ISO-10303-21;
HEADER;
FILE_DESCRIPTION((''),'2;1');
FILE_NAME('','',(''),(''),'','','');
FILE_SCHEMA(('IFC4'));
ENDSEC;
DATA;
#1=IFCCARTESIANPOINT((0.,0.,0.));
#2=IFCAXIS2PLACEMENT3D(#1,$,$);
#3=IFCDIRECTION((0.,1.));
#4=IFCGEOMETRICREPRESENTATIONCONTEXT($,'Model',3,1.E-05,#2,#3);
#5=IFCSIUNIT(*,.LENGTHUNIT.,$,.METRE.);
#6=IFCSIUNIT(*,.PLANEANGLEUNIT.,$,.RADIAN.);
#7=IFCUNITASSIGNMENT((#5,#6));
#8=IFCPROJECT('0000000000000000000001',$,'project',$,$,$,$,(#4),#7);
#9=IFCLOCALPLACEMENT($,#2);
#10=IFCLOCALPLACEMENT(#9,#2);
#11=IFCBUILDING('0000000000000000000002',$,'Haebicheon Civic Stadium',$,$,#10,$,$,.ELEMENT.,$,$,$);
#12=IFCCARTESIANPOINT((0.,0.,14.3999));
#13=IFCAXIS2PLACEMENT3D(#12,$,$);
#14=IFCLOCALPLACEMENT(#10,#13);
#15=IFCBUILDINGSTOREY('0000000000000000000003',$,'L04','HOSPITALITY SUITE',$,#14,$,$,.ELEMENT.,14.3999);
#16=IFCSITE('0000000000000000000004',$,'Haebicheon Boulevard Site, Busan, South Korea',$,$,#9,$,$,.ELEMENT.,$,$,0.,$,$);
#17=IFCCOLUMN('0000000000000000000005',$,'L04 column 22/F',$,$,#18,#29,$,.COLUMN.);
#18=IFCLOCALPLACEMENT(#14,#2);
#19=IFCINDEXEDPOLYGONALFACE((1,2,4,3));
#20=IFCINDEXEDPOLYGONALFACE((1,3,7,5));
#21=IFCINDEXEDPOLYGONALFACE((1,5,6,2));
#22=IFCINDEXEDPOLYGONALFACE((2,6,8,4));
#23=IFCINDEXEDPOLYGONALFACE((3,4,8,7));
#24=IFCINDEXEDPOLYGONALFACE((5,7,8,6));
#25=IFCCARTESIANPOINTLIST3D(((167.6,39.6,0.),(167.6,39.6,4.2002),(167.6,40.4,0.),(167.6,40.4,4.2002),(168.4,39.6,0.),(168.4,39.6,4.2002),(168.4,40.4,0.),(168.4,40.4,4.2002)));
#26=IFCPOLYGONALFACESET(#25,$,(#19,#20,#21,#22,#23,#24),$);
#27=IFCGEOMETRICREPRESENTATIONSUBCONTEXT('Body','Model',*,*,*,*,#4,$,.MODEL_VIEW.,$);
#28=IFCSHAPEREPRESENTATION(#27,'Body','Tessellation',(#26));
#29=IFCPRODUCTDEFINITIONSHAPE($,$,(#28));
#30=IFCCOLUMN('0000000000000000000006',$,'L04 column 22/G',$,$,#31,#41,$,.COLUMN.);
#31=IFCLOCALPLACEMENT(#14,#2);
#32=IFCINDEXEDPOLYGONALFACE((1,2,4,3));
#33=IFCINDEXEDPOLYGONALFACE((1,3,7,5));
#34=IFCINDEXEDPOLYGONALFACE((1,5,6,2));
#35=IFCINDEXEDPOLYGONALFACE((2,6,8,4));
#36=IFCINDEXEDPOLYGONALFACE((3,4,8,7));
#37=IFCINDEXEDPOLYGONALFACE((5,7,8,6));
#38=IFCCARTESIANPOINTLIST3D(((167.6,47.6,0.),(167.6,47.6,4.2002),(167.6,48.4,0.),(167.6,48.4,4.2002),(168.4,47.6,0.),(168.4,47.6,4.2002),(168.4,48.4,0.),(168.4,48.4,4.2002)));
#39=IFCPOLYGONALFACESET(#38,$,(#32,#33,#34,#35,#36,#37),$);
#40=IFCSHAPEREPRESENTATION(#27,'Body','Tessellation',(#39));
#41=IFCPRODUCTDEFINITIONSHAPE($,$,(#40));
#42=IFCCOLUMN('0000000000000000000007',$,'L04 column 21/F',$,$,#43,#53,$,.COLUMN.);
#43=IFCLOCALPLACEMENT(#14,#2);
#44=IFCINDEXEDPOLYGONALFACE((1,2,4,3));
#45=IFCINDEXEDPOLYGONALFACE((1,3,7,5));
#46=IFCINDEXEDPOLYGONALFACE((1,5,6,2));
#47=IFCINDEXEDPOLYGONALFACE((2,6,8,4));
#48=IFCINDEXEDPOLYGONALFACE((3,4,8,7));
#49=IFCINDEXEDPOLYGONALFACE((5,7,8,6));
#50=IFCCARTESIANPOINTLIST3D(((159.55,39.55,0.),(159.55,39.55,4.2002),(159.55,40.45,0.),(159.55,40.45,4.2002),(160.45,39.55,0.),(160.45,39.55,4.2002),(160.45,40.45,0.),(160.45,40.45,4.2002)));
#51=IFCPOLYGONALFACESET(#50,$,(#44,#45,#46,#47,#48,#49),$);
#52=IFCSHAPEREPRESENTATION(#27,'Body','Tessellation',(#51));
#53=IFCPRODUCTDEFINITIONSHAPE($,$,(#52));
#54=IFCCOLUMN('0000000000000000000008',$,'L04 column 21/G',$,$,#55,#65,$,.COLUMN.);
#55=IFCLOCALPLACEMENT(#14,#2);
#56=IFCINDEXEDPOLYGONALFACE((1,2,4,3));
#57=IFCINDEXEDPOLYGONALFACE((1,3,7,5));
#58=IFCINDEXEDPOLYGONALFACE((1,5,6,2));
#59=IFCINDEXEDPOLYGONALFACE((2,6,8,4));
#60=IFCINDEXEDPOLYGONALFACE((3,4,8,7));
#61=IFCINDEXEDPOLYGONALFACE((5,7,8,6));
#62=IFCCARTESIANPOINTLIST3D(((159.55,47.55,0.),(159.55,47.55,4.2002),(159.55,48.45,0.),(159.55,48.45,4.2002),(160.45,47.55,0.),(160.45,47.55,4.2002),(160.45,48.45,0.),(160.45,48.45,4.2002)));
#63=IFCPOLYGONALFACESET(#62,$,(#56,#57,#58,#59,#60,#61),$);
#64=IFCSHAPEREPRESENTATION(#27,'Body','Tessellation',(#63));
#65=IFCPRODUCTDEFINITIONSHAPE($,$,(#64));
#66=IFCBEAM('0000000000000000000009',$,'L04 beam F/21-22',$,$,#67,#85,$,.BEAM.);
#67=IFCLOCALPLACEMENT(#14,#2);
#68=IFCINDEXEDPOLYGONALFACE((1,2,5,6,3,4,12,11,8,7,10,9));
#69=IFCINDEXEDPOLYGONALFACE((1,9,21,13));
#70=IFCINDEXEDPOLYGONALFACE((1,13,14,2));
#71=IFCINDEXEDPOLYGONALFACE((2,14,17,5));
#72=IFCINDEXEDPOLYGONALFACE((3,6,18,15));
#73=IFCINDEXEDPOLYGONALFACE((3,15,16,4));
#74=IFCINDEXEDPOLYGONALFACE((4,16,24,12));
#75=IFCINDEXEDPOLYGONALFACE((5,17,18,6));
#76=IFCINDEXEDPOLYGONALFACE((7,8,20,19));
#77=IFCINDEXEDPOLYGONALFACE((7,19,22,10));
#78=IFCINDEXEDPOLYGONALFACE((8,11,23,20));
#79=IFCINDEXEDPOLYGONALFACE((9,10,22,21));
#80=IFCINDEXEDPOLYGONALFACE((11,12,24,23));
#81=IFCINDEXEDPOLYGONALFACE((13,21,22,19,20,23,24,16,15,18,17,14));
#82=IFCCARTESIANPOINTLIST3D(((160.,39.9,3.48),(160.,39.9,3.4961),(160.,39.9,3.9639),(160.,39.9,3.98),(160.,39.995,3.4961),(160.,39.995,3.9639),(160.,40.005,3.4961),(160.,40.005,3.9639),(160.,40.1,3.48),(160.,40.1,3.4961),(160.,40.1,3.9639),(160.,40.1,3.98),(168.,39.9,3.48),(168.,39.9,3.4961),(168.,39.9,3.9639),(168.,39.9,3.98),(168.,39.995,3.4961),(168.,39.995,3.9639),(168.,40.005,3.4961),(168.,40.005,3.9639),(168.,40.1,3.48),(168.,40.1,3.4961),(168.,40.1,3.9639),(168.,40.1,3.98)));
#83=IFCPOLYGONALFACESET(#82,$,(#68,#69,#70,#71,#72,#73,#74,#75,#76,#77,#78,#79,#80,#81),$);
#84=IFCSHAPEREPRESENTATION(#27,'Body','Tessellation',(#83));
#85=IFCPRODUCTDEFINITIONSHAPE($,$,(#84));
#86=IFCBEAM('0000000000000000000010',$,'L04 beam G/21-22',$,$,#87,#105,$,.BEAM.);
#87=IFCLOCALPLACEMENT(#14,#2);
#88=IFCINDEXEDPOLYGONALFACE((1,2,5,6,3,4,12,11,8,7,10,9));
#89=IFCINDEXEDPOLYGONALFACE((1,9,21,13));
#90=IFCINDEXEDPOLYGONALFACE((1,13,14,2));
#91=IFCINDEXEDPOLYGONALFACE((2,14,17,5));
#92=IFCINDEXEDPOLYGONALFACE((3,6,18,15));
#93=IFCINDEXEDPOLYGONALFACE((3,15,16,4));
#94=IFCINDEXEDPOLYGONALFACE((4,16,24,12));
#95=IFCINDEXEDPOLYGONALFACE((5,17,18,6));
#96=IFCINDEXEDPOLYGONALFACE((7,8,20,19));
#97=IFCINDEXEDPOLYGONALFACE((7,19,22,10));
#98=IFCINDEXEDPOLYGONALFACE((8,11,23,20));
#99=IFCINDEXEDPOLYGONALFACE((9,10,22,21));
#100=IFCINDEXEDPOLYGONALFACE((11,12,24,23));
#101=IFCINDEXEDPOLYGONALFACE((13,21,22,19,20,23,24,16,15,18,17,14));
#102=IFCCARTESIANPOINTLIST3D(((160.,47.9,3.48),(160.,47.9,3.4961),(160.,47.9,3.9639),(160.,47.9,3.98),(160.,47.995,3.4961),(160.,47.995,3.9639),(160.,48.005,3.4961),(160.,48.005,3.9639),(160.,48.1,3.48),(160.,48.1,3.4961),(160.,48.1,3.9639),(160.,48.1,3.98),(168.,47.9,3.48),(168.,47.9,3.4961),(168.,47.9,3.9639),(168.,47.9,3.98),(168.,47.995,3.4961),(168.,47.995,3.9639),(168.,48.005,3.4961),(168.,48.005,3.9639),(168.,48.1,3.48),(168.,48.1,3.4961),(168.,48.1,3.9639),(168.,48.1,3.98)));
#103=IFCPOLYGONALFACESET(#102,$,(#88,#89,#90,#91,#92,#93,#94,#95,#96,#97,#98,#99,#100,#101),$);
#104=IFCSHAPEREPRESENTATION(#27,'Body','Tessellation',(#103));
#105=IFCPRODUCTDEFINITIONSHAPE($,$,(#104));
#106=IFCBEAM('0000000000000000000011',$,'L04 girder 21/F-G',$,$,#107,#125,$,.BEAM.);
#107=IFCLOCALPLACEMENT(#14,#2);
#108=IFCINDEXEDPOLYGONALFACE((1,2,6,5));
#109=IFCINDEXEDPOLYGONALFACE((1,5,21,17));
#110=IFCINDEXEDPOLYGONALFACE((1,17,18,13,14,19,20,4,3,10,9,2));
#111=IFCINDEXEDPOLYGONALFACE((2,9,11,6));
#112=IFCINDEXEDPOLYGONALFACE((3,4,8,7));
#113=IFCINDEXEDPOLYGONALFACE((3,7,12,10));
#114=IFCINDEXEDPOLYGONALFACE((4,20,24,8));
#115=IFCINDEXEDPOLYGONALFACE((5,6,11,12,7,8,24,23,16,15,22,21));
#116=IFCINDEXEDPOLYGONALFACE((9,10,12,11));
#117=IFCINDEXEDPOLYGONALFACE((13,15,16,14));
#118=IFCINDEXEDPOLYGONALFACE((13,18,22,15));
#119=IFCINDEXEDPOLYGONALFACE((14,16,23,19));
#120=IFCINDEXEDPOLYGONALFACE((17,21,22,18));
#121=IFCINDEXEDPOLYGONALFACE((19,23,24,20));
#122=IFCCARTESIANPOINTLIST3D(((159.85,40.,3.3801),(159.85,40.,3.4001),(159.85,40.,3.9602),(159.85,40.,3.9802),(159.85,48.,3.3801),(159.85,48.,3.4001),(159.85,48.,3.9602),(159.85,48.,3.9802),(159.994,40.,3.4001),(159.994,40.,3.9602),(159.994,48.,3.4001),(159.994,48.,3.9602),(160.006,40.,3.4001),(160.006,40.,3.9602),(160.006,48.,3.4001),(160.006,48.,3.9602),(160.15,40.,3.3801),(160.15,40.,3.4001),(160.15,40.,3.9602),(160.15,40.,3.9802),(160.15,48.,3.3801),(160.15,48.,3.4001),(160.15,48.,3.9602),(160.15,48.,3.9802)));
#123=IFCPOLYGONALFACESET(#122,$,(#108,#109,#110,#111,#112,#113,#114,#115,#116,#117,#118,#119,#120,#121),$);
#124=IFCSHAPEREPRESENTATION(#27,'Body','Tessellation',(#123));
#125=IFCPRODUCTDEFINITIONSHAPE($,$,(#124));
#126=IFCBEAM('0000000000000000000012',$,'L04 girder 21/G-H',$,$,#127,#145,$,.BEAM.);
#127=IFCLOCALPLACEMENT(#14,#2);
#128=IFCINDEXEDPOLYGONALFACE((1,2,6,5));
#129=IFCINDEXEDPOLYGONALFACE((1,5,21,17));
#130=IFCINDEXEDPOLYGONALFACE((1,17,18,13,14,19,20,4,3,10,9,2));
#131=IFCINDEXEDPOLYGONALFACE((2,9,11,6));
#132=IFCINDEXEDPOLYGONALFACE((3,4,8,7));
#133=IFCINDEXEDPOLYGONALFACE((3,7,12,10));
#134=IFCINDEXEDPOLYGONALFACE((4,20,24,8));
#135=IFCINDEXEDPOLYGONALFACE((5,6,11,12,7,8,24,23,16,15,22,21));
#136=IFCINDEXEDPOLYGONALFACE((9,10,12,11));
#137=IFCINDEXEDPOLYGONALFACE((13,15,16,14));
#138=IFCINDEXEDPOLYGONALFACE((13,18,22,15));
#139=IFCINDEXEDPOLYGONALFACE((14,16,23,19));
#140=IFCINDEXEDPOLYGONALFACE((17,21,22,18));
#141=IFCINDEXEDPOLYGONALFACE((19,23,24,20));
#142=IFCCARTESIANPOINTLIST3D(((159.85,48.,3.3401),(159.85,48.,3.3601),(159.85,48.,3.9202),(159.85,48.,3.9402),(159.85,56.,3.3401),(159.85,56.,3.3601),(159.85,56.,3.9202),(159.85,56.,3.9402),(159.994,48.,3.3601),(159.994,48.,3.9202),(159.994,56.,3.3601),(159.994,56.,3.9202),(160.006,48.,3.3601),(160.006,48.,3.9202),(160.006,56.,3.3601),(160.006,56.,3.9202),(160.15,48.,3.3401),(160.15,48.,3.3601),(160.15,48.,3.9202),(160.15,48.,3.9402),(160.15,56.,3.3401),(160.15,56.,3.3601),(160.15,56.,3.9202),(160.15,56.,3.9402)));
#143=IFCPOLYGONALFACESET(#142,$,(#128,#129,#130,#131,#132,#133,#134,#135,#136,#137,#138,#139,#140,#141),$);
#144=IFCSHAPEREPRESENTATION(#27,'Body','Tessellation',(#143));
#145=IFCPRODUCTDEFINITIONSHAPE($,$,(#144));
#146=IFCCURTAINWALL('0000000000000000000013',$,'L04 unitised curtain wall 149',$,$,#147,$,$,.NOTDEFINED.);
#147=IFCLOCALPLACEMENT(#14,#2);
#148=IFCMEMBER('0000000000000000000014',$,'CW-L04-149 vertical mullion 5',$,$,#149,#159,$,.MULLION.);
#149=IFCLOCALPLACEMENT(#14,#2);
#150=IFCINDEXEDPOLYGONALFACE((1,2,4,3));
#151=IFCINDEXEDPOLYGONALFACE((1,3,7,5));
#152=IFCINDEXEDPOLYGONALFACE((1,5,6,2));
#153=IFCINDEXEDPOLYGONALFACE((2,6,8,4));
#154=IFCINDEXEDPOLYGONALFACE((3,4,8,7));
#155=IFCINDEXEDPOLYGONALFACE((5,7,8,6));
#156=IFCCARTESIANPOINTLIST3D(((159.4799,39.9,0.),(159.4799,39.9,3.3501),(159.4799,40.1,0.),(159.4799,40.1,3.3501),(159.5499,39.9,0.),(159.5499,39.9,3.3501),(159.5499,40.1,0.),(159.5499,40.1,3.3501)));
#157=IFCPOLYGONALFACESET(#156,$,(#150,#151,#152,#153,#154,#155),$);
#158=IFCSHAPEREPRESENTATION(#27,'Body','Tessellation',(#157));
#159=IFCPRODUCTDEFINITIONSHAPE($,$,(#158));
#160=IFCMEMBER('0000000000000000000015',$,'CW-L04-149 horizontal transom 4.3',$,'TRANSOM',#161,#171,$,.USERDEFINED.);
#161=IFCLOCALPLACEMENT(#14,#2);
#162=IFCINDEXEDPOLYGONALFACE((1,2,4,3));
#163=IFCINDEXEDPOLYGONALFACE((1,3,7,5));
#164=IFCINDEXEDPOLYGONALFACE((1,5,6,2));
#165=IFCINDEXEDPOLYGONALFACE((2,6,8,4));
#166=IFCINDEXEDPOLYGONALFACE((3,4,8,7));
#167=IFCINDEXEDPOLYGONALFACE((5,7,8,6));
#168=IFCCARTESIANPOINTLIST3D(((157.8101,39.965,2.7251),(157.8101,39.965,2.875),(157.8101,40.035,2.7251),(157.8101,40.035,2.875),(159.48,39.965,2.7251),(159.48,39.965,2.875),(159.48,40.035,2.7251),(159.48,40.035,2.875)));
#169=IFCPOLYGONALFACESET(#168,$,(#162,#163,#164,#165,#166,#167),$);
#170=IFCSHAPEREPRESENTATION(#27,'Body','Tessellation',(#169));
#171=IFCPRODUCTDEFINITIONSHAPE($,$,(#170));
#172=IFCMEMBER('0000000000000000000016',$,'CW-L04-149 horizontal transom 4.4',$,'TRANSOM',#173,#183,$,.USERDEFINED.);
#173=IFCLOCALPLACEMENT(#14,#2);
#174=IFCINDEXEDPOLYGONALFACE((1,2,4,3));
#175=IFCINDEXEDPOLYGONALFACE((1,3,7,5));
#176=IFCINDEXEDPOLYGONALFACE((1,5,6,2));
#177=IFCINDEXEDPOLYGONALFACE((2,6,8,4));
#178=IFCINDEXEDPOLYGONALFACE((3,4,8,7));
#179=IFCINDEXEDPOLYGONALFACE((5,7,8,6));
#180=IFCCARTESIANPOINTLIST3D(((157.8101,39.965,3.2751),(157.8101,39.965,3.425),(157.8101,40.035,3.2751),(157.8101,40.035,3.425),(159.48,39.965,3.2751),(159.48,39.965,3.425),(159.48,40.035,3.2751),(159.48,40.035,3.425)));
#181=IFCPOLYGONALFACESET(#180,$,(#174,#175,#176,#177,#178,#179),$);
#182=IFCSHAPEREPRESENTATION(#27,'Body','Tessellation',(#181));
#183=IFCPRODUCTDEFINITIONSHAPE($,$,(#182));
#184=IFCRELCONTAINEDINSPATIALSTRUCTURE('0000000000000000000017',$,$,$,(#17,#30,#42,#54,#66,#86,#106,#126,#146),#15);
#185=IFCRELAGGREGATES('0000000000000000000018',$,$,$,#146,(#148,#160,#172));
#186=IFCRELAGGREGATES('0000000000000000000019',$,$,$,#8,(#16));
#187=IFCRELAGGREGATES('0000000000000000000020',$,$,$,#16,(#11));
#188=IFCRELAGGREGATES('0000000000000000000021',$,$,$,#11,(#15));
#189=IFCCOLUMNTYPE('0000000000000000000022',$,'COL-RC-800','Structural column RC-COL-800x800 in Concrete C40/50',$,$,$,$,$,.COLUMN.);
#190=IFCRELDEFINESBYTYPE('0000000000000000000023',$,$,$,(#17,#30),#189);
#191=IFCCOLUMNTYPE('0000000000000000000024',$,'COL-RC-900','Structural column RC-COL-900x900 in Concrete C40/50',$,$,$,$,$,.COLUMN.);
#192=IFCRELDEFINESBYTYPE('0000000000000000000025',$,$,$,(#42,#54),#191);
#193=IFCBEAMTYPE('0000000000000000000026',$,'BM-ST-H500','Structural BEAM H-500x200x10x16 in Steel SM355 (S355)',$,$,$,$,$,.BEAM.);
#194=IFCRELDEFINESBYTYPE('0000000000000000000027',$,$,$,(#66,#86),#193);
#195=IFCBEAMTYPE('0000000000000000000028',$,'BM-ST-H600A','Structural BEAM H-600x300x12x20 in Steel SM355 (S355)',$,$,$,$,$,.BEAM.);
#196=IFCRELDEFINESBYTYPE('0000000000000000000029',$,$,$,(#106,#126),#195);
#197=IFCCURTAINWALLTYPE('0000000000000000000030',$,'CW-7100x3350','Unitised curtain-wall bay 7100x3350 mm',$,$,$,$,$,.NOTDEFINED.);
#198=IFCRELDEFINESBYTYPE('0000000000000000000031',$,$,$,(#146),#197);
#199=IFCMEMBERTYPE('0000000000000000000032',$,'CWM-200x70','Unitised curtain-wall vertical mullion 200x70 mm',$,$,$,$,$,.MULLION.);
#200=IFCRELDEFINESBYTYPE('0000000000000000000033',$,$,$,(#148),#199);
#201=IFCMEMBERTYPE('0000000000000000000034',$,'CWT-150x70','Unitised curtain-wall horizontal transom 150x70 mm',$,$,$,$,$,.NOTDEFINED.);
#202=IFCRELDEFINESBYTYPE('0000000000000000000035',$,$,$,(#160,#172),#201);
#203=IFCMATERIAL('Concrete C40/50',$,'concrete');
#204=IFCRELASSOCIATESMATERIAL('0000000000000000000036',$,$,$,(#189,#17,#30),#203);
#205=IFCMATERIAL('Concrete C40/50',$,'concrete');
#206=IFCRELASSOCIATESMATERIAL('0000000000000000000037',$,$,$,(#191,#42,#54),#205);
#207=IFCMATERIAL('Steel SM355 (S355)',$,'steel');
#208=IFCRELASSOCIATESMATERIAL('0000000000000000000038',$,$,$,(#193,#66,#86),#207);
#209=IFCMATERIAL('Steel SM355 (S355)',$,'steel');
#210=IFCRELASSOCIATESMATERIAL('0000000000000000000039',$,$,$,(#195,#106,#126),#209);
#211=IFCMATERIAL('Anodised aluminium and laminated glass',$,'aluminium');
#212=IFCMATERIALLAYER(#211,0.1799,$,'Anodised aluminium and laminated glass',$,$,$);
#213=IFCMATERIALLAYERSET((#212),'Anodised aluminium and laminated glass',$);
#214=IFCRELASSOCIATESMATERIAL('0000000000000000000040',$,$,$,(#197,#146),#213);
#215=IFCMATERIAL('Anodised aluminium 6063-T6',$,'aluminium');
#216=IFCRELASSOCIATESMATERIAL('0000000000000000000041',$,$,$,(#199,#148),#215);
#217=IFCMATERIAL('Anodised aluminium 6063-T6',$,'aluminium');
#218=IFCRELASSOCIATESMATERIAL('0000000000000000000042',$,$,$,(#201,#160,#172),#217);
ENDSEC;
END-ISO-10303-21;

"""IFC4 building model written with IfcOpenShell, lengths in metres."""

from ifc_helpers import new_model, si_unit, direction, frame, origin, origin_2d, place, context, subcontext, project, spatial, rectangle, i_section, extrude, material, layer, layer_set, material_profile, profile_set, type_object, element, aggregate, save


model = new_model("IFC4")

# Units and contexts
model_context = context("Model", 3, precision=1e-05, world=origin(), true_north=direction((0.0, 1.0)))
body_context = subcontext(model_context, "Body", "Model", "MODEL_VIEW")
ifc_project = project(units=[si_unit("LENGTHUNIT", "METRE"), si_unit("PLANEANGLEUNIT", "RADIAN")], contexts=[model_context])

# Site, building, storey
site_placement = place(None, origin())
site = spatial("IfcSite", under=ifc_project, at=site_placement, Name="Haebicheon Boulevard Site, Busan, South Korea", CompositionType="ELEMENT", RefElevation=0.0)
building_placement = place(site_placement, origin())
building = spatial("IfcBuilding", under=site, at=building_placement, Name="Haebicheon Civic Stadium", CompositionType="ELEMENT")
storey_placement = place(building_placement, frame((0.0, 0.0, 14.3999)))
storey = spatial("IfcBuildingStorey", under=building, at=storey_placement, Name="L04", Description="HOSPITALITY SUITE", CompositionType="ELEMENT", Elevation=14.3999)

# Columns
ifc_material_1 = material(Name="Concrete C40/50", Category="concrete")
ifc_material_profile_1 = material_profile(ifc_material_1, rectangle(XDim=0.8, YDim=0.8, at=origin_2d()), Name="RC-COL-800x800")
ifc_profile_set_1 = profile_set([ifc_material_profile_1], Name="Concrete C40/50")
column_type_1 = type_object("IfcColumnType", Name="COL-RC-800", Description="Structural column RC-COL-800x800 in Concrete C40/50", PredefinedType="COLUMN", material=ifc_profile_set_1)
for number, where, z_axis, x_axis, name in (
    (1, (168.0, 40.0, 0.0), (0.0, 0.0, 1.0), (1.0, 0.0, 0.0), "L04 column 22/F"),
    (2, (168.0, 48.0, 0.0), (0.0, 0.0, 1.0), (1.0, 0.0, 0.0), "L04 column 22/G"),
):
    element("IfcColumn", number, at=place(storey_placement, frame(where, z_axis=z_axis, x_axis=x_axis)), inside=storey, type_object=column_type_1, material=ifc_profile_set_1, Name=name, PredefinedType="COLUMN", context=body_context, shape_type="SweptSolid", body=[
        extrude(rectangle(XDim=0.8, YDim=0.8, at=origin_2d()), origin(), (0.0, 0.0, 1.0), 4.2002),
    ])
ifc_material_2 = material(Name="Concrete C40/50", Category="concrete")
ifc_material_profile_2 = material_profile(ifc_material_2, rectangle(XDim=0.8999, YDim=0.8999, at=origin_2d()), Name="RC-COL-900x900")
ifc_profile_set_2 = profile_set([ifc_material_profile_2], Name="Concrete C40/50")
column_type_2 = type_object("IfcColumnType", Name="COL-RC-900", Description="Structural column RC-COL-900x900 in Concrete C40/50", PredefinedType="COLUMN", material=ifc_profile_set_2)
for number, where, z_axis, x_axis, name in (
    (3, (160.0, 40.0, 0.0), (0.0, 0.0, 1.0), (1.0, 0.0, 0.0), "L04 column 21/F"),
    (4, (160.0, 48.0, 0.0), (0.0, 0.0, 1.0), (1.0, 0.0, 0.0), "L04 column 21/G"),
):
    element("IfcColumn", number, at=place(storey_placement, frame(where, z_axis=z_axis, x_axis=x_axis)), inside=storey, type_object=column_type_2, material=ifc_profile_set_2, Name=name, PredefinedType="COLUMN", context=body_context, shape_type="SweptSolid", body=[
        extrude(rectangle(XDim=0.8999, YDim=0.8999, at=origin_2d()), origin(), (0.0, 0.0, 1.0), 4.2002),
    ])

# Beams
ifc_material_3 = material(Name="Steel SM355 (S355)", Category="steel")
ifc_material_profile_3 = material_profile(ifc_material_3, i_section(OverallWidth=0.2, OverallDepth=0.5, WebThickness=0.01, FlangeThickness=0.0161, at=origin_2d()), Name="H-500x200x10x16")
ifc_profile_set_3 = profile_set([ifc_material_profile_3], Name="Steel SM355 (S355)")
beam_type_1 = type_object("IfcBeamType", Name="BM-ST-H500", Description="Structural BEAM H-500x200x10x16 in Steel SM355 (S355)", PredefinedType="BEAM", material=ifc_profile_set_3)
for number, where, z_axis, x_axis, name in (
    (5, (160.0, 40.0, 3.73), (1.0, 0.0, 0.0), (0.0, 1.0, 0.0), "L04 beam F/21-22"),
    (6, (160.0, 48.0, 3.73), (1.0, 0.0, 0.0), (0.0, 1.0, 0.0), "L04 beam G/21-22"),
):
    element("IfcBeam", number, at=place(storey_placement, frame(where, z_axis=z_axis, x_axis=x_axis)), inside=storey, type_object=beam_type_1, material=ifc_profile_set_3, Name=name, PredefinedType="BEAM", context=body_context, shape_type="SweptSolid", body=[
        extrude(i_section(OverallWidth=0.2, OverallDepth=0.5, WebThickness=0.01, FlangeThickness=0.0161, at=origin_2d()), origin(), (0.0, 0.0, 1.0), 8.0),
    ])
ifc_material_4 = material(Name="Steel SM355 (S355)", Category="steel")
ifc_material_profile_4 = material_profile(ifc_material_4, i_section(OverallWidth=0.3, OverallDepth=0.6001, WebThickness=0.012, FlangeThickness=0.02, at=origin_2d()), Name="H-600x300x12x20")
ifc_profile_set_4 = profile_set([ifc_material_profile_4], Name="Steel SM355 (S355)")
beam_type_2 = type_object("IfcBeamType", Name="BM-ST-H600A", Description="Structural BEAM H-600x300x12x20 in Steel SM355 (S355)", PredefinedType="BEAM", material=ifc_profile_set_4)
for number, where, z_axis, x_axis, name in (
    (7, (160.0, 40.0, 3.6802), (0.0, 1.0, 0.0), (-1.0, 0.0, 0.0), "L04 girder 21/F-G"),
    (8, (160.0, 48.0, 3.6401), (0.0, 1.0, 0.0), (-1.0, 0.0, 0.0), "L04 girder 21/G-H"),
):
    element("IfcBeam", number, at=place(storey_placement, frame(where, z_axis=z_axis, x_axis=x_axis)), inside=storey, type_object=beam_type_2, material=ifc_profile_set_4, Name=name, PredefinedType="BEAM", context=body_context, shape_type="SweptSolid", body=[
        extrude(i_section(OverallWidth=0.3, OverallDepth=0.6001, WebThickness=0.012, FlangeThickness=0.02, at=origin_2d()), origin(), (0.0, 0.0, 1.0), 8.0),
    ])

# Curtain wall, members
ifc_material_5 = material(Name="Anodised aluminium and laminated glass", Category="aluminium")
ifc_layer_1 = layer(ifc_material_5, 0.1799, Name="Anodised aluminium and laminated glass")
ifc_layer_set_1 = layer_set([ifc_layer_1], Name="Anodised aluminium and laminated glass")
curtain_wall_type = type_object("IfcCurtainWallType", Name="CW-7100x3350", Description="Unitised curtain-wall bay 7100x3350 mm", PredefinedType="NOTDEFINED", material=ifc_layer_set_1)
curtain_wall_placement = place(storey_placement, origin())
curtain_wall = element("IfcCurtainWall", 9, at=curtain_wall_placement, inside=storey, type_object=curtain_wall_type, material=ifc_layer_set_1, Name="L04 unitised curtain wall 149", PredefinedType="NOTDEFINED")
ifc_material_6 = material(Name="Anodised aluminium 6063-T6", Category="aluminium")
ifc_material_profile_5 = material_profile(ifc_material_6, rectangle(XDim=0.0701, YDim=0.2, at=origin_2d()), Name="ALU-MULL-70x200")
ifc_profile_set_5 = profile_set([ifc_material_profile_5], Name="Anodised aluminium 6063-T6")
member_type_1 = type_object("IfcMemberType", Name="CWM-200x70", Description="Unitised curtain-wall vertical mullion 200x70 mm", PredefinedType="MULLION", material=ifc_profile_set_5)
member_1_placement = place(storey_placement, frame((159.5149, 40.0, 0.0), z_axis=(0.0, 0.0, 1.0), x_axis=(1.0, 0.0, 0.0)))
member_1 = element("IfcMember", 10, at=member_1_placement, type_object=member_type_1, material=ifc_profile_set_5, Name="CW-L04-149 vertical mullion 5", PredefinedType="MULLION", context=body_context, shape_type="SweptSolid", body=[
    extrude(rectangle(XDim=0.0701, YDim=0.2, at=origin_2d()), origin(), (0.0, 0.0, 1.0), 3.3501),
])
ifc_material_7 = material(Name="Anodised aluminium 6063-T6", Category="aluminium")
ifc_material_profile_6 = material_profile(ifc_material_7, rectangle(XDim=0.0701, YDim=0.1499, at=origin_2d()), Name="ALU-TRAN-70x150")
ifc_profile_set_6 = profile_set([ifc_material_profile_6], Name="Anodised aluminium 6063-T6")
member_type_2 = type_object("IfcMemberType", Name="CWT-150x70", Description="Unitised curtain-wall horizontal transom 150x70 mm", PredefinedType="NOTDEFINED", material=ifc_profile_set_6)
member_2_placement = place(storey_placement, frame((157.8101, 40.0, 2.8), z_axis=(1.0, 0.0, 0.0), x_axis=(0.0, 1.0, 0.0)))
member_2 = element("IfcMember", 11, at=member_2_placement, type_object=member_type_2, material=ifc_profile_set_6, Name="CW-L04-149 horizontal transom 4.3", ObjectType="TRANSOM", PredefinedType="USERDEFINED", context=body_context, shape_type="SweptSolid", body=[
    extrude(rectangle(XDim=0.0701, YDim=0.1499, at=origin_2d()), origin(), (0.0, 0.0, 1.0), 1.6699),
])
member_3_placement = place(storey_placement, frame((157.8101, 40.0, 3.3501), z_axis=(1.0, 0.0, 0.0), x_axis=(0.0, 1.0, 0.0)))
member_3 = element("IfcMember", 12, at=member_3_placement, type_object=member_type_2, material=ifc_profile_set_6, Name="CW-L04-149 horizontal transom 4.4", ObjectType="TRANSOM", PredefinedType="USERDEFINED", context=body_context, shape_type="SweptSolid", body=[
    extrude(rectangle(XDim=0.0701, YDim=0.1499, at=origin_2d()), origin(), (0.0, 0.0, 1.0), 1.6699),
])

aggregate(curtain_wall, [member_1, member_2, member_3])

save(model, "model.ifc")
